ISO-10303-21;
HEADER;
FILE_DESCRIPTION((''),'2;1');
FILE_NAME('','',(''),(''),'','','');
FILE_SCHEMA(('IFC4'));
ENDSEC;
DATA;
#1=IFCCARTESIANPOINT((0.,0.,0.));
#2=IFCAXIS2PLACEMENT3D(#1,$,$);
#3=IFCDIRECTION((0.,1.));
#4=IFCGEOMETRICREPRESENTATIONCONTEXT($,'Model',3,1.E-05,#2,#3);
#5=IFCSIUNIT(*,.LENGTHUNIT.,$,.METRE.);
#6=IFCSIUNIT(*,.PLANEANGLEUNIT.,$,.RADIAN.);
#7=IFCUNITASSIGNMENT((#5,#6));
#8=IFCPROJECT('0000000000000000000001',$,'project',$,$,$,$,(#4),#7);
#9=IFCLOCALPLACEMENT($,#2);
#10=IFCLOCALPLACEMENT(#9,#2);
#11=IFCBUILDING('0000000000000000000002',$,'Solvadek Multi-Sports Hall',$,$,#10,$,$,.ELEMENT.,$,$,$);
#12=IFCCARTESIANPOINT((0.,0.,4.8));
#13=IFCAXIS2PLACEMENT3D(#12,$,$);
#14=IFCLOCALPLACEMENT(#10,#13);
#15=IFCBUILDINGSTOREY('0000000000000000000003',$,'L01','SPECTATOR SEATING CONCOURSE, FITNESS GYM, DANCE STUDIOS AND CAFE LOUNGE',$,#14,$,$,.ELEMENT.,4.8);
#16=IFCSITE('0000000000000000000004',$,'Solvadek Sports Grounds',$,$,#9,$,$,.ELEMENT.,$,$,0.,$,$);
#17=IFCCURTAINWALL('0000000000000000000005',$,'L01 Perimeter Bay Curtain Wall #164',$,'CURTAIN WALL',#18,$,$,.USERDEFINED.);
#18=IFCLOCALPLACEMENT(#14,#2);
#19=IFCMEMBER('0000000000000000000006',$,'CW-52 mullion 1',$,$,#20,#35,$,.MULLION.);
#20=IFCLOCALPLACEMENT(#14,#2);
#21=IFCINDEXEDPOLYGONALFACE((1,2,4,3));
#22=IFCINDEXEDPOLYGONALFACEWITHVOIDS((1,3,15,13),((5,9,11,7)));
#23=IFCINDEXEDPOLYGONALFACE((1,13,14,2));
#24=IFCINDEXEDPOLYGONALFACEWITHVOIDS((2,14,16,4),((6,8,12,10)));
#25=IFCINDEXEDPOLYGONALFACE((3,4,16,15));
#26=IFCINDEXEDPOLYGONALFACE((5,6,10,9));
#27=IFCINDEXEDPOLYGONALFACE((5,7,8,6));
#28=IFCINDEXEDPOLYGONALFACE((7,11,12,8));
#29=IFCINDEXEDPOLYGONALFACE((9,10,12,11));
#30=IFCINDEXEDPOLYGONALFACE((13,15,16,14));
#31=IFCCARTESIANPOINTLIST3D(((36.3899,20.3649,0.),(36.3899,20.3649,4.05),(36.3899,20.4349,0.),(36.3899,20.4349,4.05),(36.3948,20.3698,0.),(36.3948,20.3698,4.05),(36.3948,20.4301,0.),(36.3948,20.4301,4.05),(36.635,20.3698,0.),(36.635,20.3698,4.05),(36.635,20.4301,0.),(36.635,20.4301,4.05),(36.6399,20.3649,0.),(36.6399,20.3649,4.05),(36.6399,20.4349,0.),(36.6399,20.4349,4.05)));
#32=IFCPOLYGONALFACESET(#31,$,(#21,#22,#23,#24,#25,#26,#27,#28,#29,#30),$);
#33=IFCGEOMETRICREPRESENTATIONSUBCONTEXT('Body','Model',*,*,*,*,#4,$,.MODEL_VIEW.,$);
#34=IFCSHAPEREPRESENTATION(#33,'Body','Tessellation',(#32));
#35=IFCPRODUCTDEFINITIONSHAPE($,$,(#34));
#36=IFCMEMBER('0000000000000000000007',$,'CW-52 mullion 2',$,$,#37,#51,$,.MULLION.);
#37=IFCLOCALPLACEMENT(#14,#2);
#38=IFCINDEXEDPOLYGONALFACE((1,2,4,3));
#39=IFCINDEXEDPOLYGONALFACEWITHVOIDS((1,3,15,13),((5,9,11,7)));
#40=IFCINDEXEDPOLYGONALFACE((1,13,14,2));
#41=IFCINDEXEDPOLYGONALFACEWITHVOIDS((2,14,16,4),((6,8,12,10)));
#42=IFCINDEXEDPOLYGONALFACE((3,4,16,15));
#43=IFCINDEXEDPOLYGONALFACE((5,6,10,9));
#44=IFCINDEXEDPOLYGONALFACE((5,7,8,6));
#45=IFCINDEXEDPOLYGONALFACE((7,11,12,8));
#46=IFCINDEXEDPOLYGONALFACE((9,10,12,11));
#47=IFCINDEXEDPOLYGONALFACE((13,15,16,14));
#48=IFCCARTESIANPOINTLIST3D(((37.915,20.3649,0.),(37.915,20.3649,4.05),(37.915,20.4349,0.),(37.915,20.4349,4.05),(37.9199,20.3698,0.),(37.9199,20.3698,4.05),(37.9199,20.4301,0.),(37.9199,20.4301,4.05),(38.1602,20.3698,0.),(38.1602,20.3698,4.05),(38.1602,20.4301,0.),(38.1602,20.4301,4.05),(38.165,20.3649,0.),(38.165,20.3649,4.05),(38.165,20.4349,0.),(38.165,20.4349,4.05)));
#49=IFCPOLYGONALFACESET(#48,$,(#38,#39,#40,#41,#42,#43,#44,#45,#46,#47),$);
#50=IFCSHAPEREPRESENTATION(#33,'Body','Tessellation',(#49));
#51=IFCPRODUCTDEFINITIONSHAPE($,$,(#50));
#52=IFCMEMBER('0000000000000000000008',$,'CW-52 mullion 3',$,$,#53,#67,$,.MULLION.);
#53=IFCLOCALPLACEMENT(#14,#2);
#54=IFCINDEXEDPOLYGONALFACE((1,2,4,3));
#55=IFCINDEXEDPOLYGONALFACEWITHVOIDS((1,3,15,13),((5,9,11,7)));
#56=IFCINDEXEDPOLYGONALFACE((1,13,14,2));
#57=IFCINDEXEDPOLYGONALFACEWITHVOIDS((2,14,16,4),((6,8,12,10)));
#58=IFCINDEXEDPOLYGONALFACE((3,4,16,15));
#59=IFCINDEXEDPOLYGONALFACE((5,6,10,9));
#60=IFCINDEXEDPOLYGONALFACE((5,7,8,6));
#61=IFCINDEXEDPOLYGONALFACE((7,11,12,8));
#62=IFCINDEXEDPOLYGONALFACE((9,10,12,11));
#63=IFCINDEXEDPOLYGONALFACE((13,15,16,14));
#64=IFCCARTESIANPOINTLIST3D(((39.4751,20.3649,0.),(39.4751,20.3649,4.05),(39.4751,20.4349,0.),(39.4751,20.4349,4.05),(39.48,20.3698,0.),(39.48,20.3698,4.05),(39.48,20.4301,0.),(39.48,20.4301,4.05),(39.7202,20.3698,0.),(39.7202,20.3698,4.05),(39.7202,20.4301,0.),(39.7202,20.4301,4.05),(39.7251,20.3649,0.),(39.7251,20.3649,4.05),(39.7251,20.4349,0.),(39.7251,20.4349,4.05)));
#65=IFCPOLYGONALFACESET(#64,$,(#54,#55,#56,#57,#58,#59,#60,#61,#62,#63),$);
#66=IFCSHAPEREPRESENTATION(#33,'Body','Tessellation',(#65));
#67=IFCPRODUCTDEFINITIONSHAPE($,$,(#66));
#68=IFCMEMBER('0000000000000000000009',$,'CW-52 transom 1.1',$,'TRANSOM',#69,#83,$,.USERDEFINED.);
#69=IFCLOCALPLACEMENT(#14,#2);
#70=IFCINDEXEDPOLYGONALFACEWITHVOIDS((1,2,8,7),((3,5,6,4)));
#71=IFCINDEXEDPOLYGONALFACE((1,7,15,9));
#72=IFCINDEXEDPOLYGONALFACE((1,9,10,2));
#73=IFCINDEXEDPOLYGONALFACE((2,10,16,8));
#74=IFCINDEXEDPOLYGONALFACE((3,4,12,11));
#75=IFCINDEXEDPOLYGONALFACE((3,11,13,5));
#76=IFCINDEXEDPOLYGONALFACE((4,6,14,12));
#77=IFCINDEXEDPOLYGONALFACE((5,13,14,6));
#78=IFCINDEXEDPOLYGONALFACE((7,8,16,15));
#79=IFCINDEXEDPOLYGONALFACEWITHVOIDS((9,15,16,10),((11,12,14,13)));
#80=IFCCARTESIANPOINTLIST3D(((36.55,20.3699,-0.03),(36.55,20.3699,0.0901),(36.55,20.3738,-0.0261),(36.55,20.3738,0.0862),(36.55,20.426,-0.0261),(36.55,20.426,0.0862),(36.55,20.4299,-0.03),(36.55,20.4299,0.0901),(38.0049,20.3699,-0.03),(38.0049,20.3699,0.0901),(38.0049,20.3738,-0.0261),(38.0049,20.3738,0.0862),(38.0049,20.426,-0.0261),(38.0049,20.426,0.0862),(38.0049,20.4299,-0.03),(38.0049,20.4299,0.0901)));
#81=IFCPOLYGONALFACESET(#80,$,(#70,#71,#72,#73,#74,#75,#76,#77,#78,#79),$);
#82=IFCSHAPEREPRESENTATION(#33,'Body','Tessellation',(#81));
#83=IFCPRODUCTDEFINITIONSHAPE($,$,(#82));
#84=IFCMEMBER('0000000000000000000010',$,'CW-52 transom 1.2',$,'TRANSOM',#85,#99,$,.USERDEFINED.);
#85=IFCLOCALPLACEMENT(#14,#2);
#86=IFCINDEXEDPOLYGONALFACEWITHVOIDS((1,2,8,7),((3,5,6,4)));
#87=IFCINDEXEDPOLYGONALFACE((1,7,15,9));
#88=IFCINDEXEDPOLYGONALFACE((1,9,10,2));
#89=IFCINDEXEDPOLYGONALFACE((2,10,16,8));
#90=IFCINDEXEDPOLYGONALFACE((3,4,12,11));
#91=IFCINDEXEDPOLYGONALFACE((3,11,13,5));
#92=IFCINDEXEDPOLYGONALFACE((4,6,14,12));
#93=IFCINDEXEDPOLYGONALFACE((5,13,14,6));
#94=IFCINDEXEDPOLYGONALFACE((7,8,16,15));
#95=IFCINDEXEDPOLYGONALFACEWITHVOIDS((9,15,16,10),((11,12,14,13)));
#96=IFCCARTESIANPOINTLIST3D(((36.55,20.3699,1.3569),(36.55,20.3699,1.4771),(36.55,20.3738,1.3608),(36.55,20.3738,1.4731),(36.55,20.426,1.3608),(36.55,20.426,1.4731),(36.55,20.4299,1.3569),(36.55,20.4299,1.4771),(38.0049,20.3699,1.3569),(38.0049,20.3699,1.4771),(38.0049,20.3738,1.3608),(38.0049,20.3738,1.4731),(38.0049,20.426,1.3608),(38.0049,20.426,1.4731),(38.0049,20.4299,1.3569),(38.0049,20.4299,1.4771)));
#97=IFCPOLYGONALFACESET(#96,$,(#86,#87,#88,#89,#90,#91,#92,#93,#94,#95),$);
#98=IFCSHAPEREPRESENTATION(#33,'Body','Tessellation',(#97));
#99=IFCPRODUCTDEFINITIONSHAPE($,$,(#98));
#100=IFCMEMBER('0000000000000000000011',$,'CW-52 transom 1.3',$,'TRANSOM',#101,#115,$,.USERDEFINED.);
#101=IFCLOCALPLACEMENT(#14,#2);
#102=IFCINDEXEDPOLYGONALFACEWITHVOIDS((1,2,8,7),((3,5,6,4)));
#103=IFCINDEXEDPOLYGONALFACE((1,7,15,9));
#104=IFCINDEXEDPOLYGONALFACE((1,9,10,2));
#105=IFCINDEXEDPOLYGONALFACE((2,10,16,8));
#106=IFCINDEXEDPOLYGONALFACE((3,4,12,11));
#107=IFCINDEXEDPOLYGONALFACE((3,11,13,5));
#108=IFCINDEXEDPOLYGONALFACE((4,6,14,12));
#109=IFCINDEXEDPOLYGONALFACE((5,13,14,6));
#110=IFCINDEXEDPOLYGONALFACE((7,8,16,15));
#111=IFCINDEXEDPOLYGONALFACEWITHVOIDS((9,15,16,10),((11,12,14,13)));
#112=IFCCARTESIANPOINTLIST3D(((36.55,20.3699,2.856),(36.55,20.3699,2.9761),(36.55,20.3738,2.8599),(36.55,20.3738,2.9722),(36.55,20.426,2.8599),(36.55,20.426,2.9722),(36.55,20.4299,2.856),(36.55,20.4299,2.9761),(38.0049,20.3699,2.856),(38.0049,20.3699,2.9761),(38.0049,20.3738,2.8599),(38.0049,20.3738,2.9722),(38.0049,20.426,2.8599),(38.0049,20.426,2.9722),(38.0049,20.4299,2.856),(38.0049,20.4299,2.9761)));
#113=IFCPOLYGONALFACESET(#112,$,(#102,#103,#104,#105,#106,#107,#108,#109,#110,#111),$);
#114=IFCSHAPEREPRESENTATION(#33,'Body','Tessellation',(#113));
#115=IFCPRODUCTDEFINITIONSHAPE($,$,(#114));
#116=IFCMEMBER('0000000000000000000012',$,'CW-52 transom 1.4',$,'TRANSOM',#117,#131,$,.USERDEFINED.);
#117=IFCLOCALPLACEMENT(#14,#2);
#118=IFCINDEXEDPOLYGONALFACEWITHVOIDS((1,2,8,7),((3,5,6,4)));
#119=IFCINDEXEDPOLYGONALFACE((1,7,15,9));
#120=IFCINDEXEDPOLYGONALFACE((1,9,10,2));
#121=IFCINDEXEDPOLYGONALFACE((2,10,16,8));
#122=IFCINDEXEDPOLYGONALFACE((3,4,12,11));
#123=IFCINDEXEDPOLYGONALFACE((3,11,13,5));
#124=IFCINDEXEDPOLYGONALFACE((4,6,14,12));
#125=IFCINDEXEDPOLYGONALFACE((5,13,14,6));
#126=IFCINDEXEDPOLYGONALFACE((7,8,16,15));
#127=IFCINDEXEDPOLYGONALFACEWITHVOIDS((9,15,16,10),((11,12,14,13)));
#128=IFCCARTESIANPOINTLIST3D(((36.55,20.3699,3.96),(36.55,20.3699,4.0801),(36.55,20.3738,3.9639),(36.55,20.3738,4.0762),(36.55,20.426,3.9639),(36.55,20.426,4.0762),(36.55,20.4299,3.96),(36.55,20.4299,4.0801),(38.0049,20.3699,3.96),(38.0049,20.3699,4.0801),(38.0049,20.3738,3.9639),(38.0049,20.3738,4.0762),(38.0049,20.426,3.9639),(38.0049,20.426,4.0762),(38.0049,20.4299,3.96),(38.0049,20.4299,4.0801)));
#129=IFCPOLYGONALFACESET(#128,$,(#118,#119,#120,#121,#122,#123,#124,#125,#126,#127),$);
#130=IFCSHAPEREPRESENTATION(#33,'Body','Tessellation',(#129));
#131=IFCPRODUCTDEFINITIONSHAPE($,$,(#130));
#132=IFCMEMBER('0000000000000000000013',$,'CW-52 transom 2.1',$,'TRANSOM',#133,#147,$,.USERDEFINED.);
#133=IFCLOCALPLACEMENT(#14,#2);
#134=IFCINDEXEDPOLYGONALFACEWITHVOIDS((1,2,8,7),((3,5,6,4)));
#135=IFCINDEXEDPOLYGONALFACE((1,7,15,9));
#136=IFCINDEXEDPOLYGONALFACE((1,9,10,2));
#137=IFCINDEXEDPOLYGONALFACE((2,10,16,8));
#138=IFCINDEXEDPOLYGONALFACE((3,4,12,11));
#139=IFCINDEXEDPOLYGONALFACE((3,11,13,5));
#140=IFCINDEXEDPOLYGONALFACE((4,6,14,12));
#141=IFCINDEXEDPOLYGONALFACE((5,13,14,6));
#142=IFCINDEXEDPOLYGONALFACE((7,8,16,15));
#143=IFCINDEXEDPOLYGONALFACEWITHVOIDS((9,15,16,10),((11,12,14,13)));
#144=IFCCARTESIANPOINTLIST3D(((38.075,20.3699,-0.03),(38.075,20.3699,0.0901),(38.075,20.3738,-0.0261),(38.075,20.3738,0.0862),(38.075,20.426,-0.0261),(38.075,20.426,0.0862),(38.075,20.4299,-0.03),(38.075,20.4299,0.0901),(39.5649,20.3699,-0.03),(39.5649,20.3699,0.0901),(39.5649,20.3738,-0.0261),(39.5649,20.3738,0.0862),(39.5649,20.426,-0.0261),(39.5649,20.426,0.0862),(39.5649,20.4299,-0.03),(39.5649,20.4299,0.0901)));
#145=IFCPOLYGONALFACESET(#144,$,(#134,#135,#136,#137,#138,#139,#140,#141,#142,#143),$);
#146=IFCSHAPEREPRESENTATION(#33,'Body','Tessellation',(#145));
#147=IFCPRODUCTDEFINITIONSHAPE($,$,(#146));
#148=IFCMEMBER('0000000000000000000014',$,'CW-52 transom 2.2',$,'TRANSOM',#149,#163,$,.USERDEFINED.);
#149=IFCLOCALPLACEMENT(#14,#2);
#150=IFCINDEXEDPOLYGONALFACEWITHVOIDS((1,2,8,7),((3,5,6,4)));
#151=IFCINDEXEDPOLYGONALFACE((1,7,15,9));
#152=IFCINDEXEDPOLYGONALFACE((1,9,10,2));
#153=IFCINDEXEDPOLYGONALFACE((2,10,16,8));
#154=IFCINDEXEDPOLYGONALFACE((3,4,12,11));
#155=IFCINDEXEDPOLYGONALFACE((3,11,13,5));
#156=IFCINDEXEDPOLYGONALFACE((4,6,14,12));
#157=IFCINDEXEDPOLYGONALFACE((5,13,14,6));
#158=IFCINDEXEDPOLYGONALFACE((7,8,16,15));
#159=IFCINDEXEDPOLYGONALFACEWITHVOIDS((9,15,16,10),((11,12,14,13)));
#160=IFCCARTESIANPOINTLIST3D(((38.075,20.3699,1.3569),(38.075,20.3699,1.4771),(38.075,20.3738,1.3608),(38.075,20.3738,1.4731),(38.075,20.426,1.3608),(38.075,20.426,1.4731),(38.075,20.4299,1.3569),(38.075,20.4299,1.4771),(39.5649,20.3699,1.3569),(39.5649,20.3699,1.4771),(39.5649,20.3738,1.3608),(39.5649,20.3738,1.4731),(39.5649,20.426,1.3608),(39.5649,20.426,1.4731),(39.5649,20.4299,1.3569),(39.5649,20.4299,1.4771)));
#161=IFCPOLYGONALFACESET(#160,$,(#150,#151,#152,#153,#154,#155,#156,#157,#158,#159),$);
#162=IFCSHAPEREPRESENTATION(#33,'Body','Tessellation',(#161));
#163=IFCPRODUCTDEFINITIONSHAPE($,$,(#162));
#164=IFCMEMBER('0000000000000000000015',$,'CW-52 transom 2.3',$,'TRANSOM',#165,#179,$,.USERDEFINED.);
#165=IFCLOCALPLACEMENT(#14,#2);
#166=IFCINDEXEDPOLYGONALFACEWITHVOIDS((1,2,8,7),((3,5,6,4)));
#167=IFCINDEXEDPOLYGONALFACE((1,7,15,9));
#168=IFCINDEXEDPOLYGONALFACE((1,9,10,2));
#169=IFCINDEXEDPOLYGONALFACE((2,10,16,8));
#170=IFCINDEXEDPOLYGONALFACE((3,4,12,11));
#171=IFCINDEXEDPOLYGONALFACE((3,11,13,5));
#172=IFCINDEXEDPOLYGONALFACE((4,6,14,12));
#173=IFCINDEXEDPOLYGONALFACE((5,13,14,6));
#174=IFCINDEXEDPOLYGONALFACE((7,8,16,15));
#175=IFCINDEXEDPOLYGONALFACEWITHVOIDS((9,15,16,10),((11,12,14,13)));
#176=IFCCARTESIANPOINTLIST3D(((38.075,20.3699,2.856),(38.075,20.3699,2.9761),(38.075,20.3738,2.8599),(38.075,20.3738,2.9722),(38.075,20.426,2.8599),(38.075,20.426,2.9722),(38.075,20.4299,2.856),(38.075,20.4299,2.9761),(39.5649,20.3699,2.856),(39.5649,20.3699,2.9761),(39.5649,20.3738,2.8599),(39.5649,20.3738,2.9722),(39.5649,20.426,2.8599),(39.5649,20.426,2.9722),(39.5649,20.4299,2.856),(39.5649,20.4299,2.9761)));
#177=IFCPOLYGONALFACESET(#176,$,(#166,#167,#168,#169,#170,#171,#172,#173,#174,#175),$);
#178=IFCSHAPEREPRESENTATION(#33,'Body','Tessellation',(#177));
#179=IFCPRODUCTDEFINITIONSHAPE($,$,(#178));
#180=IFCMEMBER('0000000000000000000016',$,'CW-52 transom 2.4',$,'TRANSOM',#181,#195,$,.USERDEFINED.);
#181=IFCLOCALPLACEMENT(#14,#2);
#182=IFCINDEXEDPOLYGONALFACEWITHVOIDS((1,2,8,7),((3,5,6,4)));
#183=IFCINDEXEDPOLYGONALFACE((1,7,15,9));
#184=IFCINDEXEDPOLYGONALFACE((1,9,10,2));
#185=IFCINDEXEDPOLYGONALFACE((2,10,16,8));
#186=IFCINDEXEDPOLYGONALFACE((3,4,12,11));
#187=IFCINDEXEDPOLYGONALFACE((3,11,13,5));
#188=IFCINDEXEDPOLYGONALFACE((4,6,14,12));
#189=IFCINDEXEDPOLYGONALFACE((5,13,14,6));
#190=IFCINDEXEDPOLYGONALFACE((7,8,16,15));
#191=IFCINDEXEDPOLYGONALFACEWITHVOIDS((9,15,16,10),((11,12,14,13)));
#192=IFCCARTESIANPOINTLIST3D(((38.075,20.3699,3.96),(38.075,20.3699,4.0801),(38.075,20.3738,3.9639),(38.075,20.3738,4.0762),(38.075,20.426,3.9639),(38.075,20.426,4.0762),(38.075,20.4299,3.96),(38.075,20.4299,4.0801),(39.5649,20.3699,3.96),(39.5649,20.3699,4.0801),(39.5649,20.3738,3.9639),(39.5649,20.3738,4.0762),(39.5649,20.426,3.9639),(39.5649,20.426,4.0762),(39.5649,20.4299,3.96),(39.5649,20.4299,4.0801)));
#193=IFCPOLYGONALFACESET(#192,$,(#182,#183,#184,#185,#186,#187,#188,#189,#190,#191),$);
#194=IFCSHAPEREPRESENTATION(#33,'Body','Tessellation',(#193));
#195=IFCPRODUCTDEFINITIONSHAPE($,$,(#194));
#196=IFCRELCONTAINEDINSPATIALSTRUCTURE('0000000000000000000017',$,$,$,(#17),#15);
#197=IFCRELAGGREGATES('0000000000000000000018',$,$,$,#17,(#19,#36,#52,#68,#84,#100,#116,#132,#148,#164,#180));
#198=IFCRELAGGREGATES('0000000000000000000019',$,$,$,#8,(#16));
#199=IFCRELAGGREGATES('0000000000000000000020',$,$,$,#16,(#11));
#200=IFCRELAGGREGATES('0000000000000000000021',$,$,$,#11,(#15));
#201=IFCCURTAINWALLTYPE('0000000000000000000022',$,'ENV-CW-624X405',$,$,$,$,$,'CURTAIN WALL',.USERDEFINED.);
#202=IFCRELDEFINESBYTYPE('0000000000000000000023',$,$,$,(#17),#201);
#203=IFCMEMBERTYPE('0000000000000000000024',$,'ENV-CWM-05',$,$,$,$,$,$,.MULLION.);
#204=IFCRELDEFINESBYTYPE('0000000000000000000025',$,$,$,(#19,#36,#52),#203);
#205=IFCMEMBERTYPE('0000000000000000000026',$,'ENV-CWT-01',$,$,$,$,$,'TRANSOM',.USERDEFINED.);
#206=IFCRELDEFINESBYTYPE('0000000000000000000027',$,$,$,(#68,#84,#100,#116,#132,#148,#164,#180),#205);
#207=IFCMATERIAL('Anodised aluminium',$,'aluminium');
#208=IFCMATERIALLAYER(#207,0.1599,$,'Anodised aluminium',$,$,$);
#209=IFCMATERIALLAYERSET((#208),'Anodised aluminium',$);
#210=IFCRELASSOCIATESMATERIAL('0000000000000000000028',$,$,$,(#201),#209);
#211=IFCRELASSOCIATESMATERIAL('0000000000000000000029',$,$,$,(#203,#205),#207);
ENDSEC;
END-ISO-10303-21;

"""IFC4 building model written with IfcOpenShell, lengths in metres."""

from ifc_helpers import new_model, si_unit, direction, frame, origin, origin_2d, place, context, subcontext, project, spatial, hollow_rectangle, extrude, material, layer, layer_set, material_profile, profile_set, type_object, element, aggregate, save


model = new_model("IFC4")

# Units and contexts
model_context = context("Model", 3, precision=1e-05, world=origin(), true_north=direction((0.0, 1.0)))
body_context = subcontext(model_context, "Body", "Model", "MODEL_VIEW")
ifc_project = project(units=[si_unit("LENGTHUNIT", "METRE"), si_unit("PLANEANGLEUNIT", "RADIAN")], contexts=[model_context])

# Site, building, storey
site_placement = place(None, origin())
site = spatial("IfcSite", under=ifc_project, at=site_placement, Name="Solvadek Sports Grounds", CompositionType="ELEMENT", RefElevation=0.0)
building_placement = place(site_placement, origin())
building = spatial("IfcBuilding", under=site, at=building_placement, Name="Solvadek Multi-Sports Hall", CompositionType="ELEMENT")
storey_placement = place(building_placement, frame((0.0, 0.0, 4.8)))
storey = spatial("IfcBuildingStorey", under=building, at=storey_placement, Name="L01", Description="SPECTATOR SEATING CONCOURSE, FITNESS GYM, DANCE STUDIOS AND CAFE LOUNGE", CompositionType="ELEMENT", Elevation=4.8)

# Curtain wall, members
ifc_material_1 = material(Name="Anodised aluminium", Category="aluminium")
ifc_layer_1 = layer(ifc_material_1, 0.1599, Name="Anodised aluminium")
ifc_layer_set_1 = layer_set([ifc_layer_1], Name="Anodised aluminium")
curtain_wall_type_1 = type_object("IfcCurtainWallType", Name="ENV-CW-624X405", ElementType="CURTAIN WALL", PredefinedType="USERDEFINED", material=ifc_layer_set_1)
curtain_wall_1_placement = place(storey_placement, origin())
curtain_wall_1 = element("IfcCurtainWall", 1, at=curtain_wall_1_placement, inside=storey, type_object=curtain_wall_type_1, Name="L01 Perimeter Bay Curtain Wall #164", ObjectType="CURTAIN WALL", PredefinedType="USERDEFINED")
ifc_material_profile_1 = material_profile(ifc_material_1, hollow_rectangle(XDim=0.0701, YDim=0.25, WallThickness=0.0049, at=origin_2d()), Name="ALU-M 250x70x5")
ifc_profile_set_1 = profile_set([ifc_material_profile_1], Name="Anodised aluminium")
member_type_1 = type_object("IfcMemberType", Name="ENV-CWM-05", PredefinedType="MULLION", material=ifc_profile_set_1)
member_1_placement = place(storey_placement, frame((36.5149, 20.3999, 0.0), z_axis=(0.0, 0.0, 1.0), x_axis=(0.0, 1.0, 0.0)))
member_1 = element("IfcMember", 2, at=member_1_placement, type_object=member_type_1, Name="CW-52 mullion 1", PredefinedType="MULLION", context=body_context, shape_type="SweptSolid", body=[
    extrude(hollow_rectangle(XDim=0.0701, YDim=0.25, WallThickness=0.0049, at=origin_2d()), origin(), (0.0, 0.0, 1.0), 4.05),
])
member_2_placement = place(storey_placement, frame((38.04, 20.3999, 0.0), z_axis=(0.0, 0.0, 1.0), x_axis=(0.0, 1.0, 0.0)))
member_2 = element("IfcMember", 3, at=member_2_placement, type_object=member_type_1, Name="CW-52 mullion 2", PredefinedType="MULLION", context=body_context, shape_type="SweptSolid", body=[
    extrude(hollow_rectangle(XDim=0.0701, YDim=0.25, WallThickness=0.0049, at=origin_2d()), origin(), (0.0, 0.0, 1.0), 4.05),
])
member_3_placement = place(storey_placement, frame((39.6001, 20.3999, 0.0), z_axis=(0.0, 0.0, 1.0), x_axis=(0.0, 1.0, 0.0)))
member_3 = element("IfcMember", 4, at=member_3_placement, type_object=member_type_1, Name="CW-52 mullion 3", PredefinedType="MULLION", context=body_context, shape_type="SweptSolid", body=[
    extrude(hollow_rectangle(XDim=0.0701, YDim=0.25, WallThickness=0.0049, at=origin_2d()), origin(), (0.0, 0.0, 1.0), 4.05),
])
ifc_material_profile_2 = material_profile(ifc_material_1, hollow_rectangle(XDim=0.0601, YDim=0.1201, WallThickness=0.0039, at=origin_2d()), Name="ALU-T 120x60x4")
ifc_profile_set_2 = profile_set([ifc_material_profile_2], Name="Anodised aluminium")
member_type_2 = type_object("IfcMemberType", Name="ENV-CWT-01", ElementType="TRANSOM", PredefinedType="USERDEFINED", material=ifc_profile_set_2)
member_4_placement = place(storey_placement, frame((36.55, 20.3999, 0.03), z_axis=(1.0, 0.0, 0.0), x_axis=(0.0, 1.0, 0.0)))
member_4 = element("IfcMember", 5, at=member_4_placement, type_object=member_type_2, Name="CW-52 transom 1.1", ObjectType="TRANSOM", PredefinedType="USERDEFINED", context=body_context, shape_type="SweptSolid", body=[
    extrude(hollow_rectangle(XDim=0.0601, YDim=0.1201, WallThickness=0.0039, at=origin_2d()), origin(), (0.0, 0.0, 1.0), 1.4548),
])
member_5_placement = place(storey_placement, frame((36.55, 20.3999, 1.417), z_axis=(1.0, 0.0, 0.0), x_axis=(0.0, 1.0, 0.0)))
member_5 = element("IfcMember", 6, at=member_5_placement, type_object=member_type_2, Name="CW-52 transom 1.2", ObjectType="TRANSOM", PredefinedType="USERDEFINED", context=body_context, shape_type="SweptSolid", body=[
    extrude(hollow_rectangle(XDim=0.0601, YDim=0.1201, WallThickness=0.0039, at=origin_2d()), origin(), (0.0, 0.0, 1.0), 1.4548),
])
member_6_placement = place(storey_placement, frame((36.55, 20.3999, 2.916), z_axis=(1.0, 0.0, 0.0), x_axis=(0.0, 1.0, 0.0)))
member_6 = element("IfcMember", 7, at=member_6_placement, type_object=member_type_2, Name="CW-52 transom 1.3", ObjectType="TRANSOM", PredefinedType="USERDEFINED", context=body_context, shape_type="SweptSolid", body=[
    extrude(hollow_rectangle(XDim=0.0601, YDim=0.1201, WallThickness=0.0039, at=origin_2d()), origin(), (0.0, 0.0, 1.0), 1.4548),
])
member_7_placement = place(storey_placement, frame((36.55, 20.3999, 4.02), z_axis=(1.0, 0.0, 0.0), x_axis=(0.0, 1.0, 0.0)))
member_7 = element("IfcMember", 8, at=member_7_placement, type_object=member_type_2, Name="CW-52 transom 1.4", ObjectType="TRANSOM", PredefinedType="USERDEFINED", context=body_context, shape_type="SweptSolid", body=[
    extrude(hollow_rectangle(XDim=0.0601, YDim=0.1201, WallThickness=0.0039, at=origin_2d()), origin(), (0.0, 0.0, 1.0), 1.4548),
])
member_8_placement = place(storey_placement, frame((38.075, 20.3999, 0.03), z_axis=(1.0, 0.0, 0.0), x_axis=(0.0, 1.0, 0.0)))
member_8 = element("IfcMember", 9, at=member_8_placement, type_object=member_type_2, Name="CW-52 transom 2.1", ObjectType="TRANSOM", PredefinedType="USERDEFINED", context=body_context, shape_type="SweptSolid", body=[
    extrude(hollow_rectangle(XDim=0.0601, YDim=0.1201, WallThickness=0.0039, at=origin_2d()), origin(), (0.0, 0.0, 1.0), 1.49),
])
member_9_placement = place(storey_placement, frame((38.075, 20.3999, 1.417), z_axis=(1.0, 0.0, 0.0), x_axis=(0.0, 1.0, 0.0)))
member_9 = element("IfcMember", 10, at=member_9_placement, type_object=member_type_2, Name="CW-52 transom 2.2", ObjectType="TRANSOM", PredefinedType="USERDEFINED", context=body_context, shape_type="SweptSolid", body=[
    extrude(hollow_rectangle(XDim=0.0601, YDim=0.1201, WallThickness=0.0039, at=origin_2d()), origin(), (0.0, 0.0, 1.0), 1.49),
])
member_10_placement = place(storey_placement, frame((38.075, 20.3999, 2.916), z_axis=(1.0, 0.0, 0.0), x_axis=(0.0, 1.0, 0.0)))
member_10 = element("IfcMember", 11, at=member_10_placement, type_object=member_type_2, Name="CW-52 transom 2.3", ObjectType="TRANSOM", PredefinedType="USERDEFINED", context=body_context, shape_type="SweptSolid", body=[
    extrude(hollow_rectangle(XDim=0.0601, YDim=0.1201, WallThickness=0.0039, at=origin_2d()), origin(), (0.0, 0.0, 1.0), 1.49),
])
member_11_placement = place(storey_placement, frame((38.075, 20.3999, 4.02), z_axis=(1.0, 0.0, 0.0), x_axis=(0.0, 1.0, 0.0)))
member_11 = element("IfcMember", 12, at=member_11_placement, type_object=member_type_2, Name="CW-52 transom 2.4", ObjectType="TRANSOM", PredefinedType="USERDEFINED", context=body_context, shape_type="SweptSolid", body=[
    extrude(hollow_rectangle(XDim=0.0601, YDim=0.1201, WallThickness=0.0039, at=origin_2d()), origin(), (0.0, 0.0, 1.0), 1.49),
])

aggregate(curtain_wall_1, [member_1, member_2, member_3, member_4, member_5, member_6, member_7, member_8, member_9, member_10, member_11])

save(model, "model.ifc")
